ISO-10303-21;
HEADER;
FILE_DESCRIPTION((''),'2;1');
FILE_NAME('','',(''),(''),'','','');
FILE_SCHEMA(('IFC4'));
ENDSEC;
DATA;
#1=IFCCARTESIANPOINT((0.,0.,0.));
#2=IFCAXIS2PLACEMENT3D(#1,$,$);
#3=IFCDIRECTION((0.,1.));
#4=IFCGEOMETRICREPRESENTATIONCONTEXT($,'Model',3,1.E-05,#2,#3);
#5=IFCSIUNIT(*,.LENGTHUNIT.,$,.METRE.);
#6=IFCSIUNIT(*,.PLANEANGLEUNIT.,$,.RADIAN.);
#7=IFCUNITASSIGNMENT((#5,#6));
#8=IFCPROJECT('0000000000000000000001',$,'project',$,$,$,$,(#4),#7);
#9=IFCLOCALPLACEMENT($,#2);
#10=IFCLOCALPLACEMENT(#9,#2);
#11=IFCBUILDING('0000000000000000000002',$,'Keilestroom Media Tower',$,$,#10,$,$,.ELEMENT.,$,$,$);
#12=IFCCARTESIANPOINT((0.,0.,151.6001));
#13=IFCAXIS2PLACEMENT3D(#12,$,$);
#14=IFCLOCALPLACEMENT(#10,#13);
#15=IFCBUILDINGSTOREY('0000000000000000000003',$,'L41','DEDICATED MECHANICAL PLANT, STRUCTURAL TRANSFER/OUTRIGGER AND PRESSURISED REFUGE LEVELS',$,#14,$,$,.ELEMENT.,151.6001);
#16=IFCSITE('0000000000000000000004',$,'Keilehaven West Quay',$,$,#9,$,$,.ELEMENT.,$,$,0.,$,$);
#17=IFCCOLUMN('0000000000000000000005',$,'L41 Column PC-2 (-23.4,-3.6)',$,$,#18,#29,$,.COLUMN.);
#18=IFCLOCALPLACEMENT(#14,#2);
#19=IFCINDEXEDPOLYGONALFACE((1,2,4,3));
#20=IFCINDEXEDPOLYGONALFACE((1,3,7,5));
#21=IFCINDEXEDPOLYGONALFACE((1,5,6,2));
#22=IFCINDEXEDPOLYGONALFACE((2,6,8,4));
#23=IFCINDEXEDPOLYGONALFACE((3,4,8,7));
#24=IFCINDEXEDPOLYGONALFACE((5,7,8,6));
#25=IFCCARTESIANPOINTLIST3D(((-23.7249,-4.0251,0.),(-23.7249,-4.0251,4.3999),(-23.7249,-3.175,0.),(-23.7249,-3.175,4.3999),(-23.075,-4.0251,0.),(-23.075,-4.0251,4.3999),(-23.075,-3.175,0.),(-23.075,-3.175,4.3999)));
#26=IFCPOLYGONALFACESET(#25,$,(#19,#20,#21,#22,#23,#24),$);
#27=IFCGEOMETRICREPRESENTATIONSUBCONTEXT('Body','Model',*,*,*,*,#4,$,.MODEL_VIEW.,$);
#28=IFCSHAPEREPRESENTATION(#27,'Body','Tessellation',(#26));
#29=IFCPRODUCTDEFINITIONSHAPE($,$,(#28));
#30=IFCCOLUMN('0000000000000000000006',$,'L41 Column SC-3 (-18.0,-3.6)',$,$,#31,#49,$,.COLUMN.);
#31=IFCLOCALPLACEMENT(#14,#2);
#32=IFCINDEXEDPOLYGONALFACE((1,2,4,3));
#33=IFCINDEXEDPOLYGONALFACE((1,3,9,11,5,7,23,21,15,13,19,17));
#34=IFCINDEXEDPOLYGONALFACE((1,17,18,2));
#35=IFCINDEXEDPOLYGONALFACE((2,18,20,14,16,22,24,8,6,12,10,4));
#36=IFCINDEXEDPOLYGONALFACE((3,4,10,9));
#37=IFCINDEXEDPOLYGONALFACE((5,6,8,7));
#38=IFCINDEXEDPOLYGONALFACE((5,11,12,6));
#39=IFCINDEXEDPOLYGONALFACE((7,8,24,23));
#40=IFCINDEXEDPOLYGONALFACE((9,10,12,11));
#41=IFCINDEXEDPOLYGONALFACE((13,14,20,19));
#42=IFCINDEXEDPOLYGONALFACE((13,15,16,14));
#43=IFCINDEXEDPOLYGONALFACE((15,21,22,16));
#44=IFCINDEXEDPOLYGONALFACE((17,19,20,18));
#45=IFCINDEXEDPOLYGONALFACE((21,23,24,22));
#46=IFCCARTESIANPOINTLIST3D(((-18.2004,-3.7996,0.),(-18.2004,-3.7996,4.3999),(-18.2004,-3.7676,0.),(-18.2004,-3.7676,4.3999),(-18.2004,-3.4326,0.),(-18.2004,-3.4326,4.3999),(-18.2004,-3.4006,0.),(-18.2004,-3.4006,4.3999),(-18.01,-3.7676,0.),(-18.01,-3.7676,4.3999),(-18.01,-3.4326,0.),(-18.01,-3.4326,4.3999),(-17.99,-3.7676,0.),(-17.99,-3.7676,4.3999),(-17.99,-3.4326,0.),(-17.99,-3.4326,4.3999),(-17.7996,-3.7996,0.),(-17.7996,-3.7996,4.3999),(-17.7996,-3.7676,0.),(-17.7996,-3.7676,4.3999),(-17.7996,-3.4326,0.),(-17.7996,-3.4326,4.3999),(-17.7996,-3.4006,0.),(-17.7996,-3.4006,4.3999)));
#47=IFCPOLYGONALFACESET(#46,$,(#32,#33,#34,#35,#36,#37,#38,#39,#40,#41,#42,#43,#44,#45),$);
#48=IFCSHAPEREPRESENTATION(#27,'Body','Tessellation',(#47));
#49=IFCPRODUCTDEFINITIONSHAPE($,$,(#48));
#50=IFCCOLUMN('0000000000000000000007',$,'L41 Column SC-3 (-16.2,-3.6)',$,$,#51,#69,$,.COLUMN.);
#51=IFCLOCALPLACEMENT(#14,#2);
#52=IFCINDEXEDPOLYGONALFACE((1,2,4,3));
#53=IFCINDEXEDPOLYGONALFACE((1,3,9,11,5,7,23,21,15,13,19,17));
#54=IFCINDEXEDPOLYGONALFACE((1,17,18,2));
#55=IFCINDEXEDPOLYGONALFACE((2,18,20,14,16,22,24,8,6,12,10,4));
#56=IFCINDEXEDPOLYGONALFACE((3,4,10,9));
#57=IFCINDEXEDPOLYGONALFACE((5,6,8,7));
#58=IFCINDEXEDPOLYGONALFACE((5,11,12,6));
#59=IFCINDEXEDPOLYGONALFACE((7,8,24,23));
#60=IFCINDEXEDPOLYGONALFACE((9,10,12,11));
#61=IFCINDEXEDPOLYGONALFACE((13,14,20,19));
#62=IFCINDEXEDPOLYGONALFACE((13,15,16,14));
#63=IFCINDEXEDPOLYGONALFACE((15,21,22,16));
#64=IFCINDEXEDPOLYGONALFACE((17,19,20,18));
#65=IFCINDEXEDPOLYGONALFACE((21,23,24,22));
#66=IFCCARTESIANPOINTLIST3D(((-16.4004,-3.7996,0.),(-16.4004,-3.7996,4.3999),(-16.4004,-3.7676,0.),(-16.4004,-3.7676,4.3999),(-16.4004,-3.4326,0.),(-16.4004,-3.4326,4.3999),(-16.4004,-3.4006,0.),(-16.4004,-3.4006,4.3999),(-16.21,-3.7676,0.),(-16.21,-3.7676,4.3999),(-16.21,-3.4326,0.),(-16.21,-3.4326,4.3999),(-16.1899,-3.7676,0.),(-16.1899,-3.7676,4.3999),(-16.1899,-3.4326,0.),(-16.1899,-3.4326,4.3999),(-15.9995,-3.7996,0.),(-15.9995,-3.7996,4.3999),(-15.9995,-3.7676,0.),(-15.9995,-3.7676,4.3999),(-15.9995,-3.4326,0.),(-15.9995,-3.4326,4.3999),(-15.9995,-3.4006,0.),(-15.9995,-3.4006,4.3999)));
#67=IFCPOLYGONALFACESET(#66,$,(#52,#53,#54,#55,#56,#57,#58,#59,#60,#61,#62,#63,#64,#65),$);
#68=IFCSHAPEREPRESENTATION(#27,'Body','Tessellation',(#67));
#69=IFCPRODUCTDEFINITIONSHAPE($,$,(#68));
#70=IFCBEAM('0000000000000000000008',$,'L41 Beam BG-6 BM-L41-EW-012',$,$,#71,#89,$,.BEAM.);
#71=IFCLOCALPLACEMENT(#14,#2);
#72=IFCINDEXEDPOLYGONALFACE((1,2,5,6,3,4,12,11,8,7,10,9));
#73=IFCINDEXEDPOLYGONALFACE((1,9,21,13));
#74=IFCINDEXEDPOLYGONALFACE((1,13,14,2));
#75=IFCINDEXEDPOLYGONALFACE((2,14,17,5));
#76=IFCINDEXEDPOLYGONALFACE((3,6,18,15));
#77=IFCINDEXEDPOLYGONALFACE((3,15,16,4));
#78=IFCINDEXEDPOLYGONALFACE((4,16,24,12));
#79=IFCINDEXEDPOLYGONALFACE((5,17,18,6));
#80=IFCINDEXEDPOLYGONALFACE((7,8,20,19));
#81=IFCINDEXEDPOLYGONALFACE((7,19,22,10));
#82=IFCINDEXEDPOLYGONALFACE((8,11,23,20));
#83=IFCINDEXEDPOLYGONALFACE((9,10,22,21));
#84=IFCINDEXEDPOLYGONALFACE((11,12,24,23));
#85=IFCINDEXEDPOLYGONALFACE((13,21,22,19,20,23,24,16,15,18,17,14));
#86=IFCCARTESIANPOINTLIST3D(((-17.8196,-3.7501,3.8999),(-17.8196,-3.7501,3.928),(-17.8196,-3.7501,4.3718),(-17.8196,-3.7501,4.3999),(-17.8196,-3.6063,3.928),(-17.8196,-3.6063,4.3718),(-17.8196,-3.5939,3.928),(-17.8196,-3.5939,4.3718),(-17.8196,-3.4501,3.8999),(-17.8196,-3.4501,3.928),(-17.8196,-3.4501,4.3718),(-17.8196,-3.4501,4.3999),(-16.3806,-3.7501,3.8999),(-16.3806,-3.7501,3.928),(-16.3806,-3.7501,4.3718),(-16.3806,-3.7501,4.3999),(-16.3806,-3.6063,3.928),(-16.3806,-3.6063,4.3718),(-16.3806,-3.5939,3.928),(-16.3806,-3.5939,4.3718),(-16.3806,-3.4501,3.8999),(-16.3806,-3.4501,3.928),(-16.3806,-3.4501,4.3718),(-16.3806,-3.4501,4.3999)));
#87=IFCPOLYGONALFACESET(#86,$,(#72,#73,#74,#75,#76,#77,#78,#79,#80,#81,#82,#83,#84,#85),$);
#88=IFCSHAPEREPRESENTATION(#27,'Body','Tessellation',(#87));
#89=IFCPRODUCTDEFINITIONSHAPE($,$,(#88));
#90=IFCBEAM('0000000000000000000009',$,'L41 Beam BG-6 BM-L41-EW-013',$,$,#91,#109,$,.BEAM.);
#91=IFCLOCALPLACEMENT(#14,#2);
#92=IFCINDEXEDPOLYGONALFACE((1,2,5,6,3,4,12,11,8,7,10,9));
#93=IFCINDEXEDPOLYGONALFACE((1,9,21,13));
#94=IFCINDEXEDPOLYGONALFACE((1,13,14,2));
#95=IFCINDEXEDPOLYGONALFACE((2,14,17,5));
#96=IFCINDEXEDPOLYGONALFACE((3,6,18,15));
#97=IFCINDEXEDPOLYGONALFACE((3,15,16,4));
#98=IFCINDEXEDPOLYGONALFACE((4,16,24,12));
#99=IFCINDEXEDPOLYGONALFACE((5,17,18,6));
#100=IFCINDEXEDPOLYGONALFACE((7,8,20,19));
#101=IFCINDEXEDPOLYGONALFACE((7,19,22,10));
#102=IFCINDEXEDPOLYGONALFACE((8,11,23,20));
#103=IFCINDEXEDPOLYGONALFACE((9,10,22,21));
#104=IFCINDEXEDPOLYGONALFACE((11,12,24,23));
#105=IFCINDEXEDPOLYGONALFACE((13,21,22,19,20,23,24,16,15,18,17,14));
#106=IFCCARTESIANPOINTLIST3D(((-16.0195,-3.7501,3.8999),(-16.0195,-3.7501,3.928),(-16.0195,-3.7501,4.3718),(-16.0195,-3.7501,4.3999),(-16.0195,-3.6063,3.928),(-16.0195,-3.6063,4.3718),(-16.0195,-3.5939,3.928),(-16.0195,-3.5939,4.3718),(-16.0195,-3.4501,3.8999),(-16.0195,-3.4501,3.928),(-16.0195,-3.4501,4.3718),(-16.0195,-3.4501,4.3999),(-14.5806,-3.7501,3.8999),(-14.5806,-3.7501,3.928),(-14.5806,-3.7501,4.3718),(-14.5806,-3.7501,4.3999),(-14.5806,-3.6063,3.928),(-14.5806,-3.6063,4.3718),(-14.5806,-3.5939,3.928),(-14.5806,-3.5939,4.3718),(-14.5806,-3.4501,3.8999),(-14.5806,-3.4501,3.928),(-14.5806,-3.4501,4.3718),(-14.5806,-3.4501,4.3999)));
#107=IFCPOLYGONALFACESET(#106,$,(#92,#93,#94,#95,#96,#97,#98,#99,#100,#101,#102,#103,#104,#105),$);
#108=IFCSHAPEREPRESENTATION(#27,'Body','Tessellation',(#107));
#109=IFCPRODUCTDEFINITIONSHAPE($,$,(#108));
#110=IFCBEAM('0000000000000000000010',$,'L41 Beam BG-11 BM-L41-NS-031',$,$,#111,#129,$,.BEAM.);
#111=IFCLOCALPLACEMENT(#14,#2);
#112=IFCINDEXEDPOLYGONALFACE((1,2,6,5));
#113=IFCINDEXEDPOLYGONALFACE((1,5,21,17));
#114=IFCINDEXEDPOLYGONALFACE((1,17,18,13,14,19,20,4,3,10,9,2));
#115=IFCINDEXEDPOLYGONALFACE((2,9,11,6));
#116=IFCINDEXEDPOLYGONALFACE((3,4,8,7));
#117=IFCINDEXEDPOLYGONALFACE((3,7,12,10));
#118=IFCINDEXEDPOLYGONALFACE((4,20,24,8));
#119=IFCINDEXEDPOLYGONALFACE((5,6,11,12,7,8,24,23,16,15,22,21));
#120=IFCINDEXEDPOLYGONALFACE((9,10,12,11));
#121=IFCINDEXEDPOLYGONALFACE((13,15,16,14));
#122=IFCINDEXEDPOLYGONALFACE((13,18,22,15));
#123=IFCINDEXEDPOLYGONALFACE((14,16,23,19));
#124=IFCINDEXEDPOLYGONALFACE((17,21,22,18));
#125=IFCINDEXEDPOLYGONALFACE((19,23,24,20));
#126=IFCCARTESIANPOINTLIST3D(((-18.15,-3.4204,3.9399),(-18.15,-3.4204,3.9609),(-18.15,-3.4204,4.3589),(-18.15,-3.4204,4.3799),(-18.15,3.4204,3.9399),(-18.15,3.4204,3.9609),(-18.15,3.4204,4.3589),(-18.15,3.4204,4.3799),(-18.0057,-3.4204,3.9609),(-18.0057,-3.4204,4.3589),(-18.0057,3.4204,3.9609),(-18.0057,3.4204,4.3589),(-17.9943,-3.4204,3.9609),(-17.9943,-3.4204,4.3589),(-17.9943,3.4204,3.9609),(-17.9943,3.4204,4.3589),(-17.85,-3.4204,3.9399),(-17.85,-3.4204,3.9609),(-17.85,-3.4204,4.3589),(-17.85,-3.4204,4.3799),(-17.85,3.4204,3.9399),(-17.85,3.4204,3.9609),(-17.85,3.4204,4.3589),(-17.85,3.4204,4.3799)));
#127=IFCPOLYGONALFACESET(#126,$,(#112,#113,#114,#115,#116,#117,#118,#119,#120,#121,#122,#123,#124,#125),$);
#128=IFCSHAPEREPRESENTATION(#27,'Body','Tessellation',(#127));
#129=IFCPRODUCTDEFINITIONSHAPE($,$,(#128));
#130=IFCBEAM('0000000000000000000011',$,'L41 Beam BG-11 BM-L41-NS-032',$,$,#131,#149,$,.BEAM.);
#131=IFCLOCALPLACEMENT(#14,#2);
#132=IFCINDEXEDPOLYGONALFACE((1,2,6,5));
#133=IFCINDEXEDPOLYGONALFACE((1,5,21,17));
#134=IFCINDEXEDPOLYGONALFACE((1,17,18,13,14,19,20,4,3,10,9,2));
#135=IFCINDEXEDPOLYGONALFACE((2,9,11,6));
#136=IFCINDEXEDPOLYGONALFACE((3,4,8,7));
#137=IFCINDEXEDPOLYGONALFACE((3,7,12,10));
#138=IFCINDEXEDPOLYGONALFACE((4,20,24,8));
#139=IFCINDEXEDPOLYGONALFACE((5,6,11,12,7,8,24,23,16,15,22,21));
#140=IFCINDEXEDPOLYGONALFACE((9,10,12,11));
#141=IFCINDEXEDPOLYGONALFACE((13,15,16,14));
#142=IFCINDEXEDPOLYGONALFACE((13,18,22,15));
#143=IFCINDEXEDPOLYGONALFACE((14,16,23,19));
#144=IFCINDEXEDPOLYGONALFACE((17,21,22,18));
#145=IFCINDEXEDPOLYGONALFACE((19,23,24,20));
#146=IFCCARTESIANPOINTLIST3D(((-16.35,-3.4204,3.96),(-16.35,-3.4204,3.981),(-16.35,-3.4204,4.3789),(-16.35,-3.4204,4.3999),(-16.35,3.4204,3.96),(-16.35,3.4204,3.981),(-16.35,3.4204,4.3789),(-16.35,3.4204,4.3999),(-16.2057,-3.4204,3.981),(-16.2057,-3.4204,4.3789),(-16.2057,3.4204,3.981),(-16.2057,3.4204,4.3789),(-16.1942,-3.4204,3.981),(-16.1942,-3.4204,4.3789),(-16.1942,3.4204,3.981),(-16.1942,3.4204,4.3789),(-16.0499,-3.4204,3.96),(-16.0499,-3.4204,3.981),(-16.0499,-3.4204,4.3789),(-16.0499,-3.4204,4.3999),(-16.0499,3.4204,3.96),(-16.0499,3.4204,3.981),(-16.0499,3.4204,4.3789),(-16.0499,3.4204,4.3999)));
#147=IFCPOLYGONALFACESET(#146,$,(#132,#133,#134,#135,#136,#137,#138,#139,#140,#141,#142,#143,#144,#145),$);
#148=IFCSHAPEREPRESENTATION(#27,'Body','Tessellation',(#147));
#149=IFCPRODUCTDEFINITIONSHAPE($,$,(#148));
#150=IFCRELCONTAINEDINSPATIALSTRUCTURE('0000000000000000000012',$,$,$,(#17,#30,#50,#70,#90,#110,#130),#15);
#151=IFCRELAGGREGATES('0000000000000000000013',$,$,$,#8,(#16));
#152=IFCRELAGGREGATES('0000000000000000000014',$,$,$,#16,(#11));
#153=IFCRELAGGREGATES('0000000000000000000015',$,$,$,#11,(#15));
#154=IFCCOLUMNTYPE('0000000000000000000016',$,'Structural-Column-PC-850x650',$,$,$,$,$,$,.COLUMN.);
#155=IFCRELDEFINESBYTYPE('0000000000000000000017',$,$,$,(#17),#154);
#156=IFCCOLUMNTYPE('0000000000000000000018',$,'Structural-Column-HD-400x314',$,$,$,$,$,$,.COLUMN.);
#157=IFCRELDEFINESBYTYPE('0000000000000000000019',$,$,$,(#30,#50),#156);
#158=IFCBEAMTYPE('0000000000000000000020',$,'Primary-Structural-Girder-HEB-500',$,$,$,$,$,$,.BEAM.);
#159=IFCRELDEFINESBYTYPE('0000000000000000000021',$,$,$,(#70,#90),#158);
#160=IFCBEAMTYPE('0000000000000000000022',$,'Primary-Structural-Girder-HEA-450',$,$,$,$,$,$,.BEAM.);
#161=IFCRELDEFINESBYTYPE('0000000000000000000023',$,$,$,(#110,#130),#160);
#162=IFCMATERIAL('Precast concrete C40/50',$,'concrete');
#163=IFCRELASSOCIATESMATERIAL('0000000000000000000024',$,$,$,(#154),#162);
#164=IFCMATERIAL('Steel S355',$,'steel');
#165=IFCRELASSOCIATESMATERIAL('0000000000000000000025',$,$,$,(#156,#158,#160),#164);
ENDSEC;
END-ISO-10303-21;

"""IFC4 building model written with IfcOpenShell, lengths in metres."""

from ifc_helpers import new_model, si_unit, direction, frame, origin, origin_2d, place, context, subcontext, project, spatial, rectangle, i_section, extrude, source, transform, mapped, material, material_profile, profile_set, type_object, element, save


model = new_model("IFC4")

# Units and contexts
model_context = context("Model", 3, precision=1e-05, world=origin(), true_north=direction((0.0, 1.0)))
body_context = subcontext(model_context, "Body", "Model", "MODEL_VIEW")
ifc_project = project(units=[si_unit("LENGTHUNIT", "METRE"), si_unit("PLANEANGLEUNIT", "RADIAN")], contexts=[model_context])

# Site, building, storey
site_placement = place(None, origin())
site = spatial("IfcSite", under=ifc_project, at=site_placement, Name="Keilehaven West Quay", CompositionType="ELEMENT", RefElevation=0.0)
building_placement = place(site_placement, origin())
building = spatial("IfcBuilding", under=site, at=building_placement, Name="Keilestroom Media Tower", CompositionType="ELEMENT")
storey_placement = place(building_placement, frame((0.0, 0.0, 151.6001)))
storey = spatial("IfcBuildingStorey", under=building, at=storey_placement, Name="L41", Description="DEDICATED MECHANICAL PLANT, STRUCTURAL TRANSFER/OUTRIGGER AND PRESSURISED REFUGE LEVELS", CompositionType="ELEMENT", Elevation=151.6001)

# Columns
ifc_material_1 = material(Name="Precast concrete C40/50", Category="concrete")
ifc_material_profile_1 = material_profile(ifc_material_1, rectangle(XDim=0.6499, YDim=0.8501, at=origin_2d()), Name="PC 850x650")
ifc_profile_set_1 = profile_set([ifc_material_profile_1], Name="Precast concrete C40/50")
column_type_1 = type_object("IfcColumnType", Name="Structural-Column-PC-850x650", PredefinedType="COLUMN", material=ifc_profile_set_1)
shared_shape_1 = source(origin(), body_context, "Body", "SweptSolid", [
    extrude(rectangle(XDim=0.6499, YDim=0.8501, at=origin_2d()), origin(), (0.0, 0.0, 1.0), 4.3999),
])
column_placement = place(storey_placement, frame((-23.3999, -3.6001, 0.0), z_axis=(0.0, 0.0, 1.0), x_axis=(1.0, 0.0, 0.0)))
element("IfcColumn", 1, at=column_placement, inside=storey, type_object=column_type_1, Name="L41 Column PC-2 (-23.4,-3.6)", PredefinedType="COLUMN", context=body_context, shape_type="MappedRepresentation", body=[
    mapped(shared_shape_1, transform((0.0, 0.0, 0.0), x_axis=(1.0, 0.0, 0.0), y_axis=(0.0, 1.0, 0.0), z_axis=(0.0, 0.0, 1.0), scale=1.0)),
])
ifc_material_2 = material(Name="Steel S355", Category="steel")
ifc_material_profile_2 = material_profile(ifc_material_2, i_section(OverallWidth=0.4009, OverallDepth=0.3989, WebThickness=0.02, FlangeThickness=0.032, at=origin_2d()), Name="HD 400x314")
ifc_profile_set_2 = profile_set([ifc_material_profile_2], Name="Steel S355")
column_type_2 = type_object("IfcColumnType", Name="Structural-Column-HD-400x314", PredefinedType="COLUMN", material=ifc_profile_set_2)
shared_shape_2 = source(origin(), body_context, "Body", "SweptSolid", [
    extrude(i_section(OverallWidth=0.4009, OverallDepth=0.3989, WebThickness=0.02, FlangeThickness=0.032, at=origin_2d()), origin(), (0.0, 0.0, 1.0), 4.3999),
])
for number, where, z_axis, x_axis, name in (
    (2, (-18.0, -3.6001, 0.0), (0.0, 0.0, 1.0), (1.0, 0.0, 0.0), "L41 Column SC-3 (-18.0,-3.6)"),
    (3, (-16.2, -3.6001, 0.0), (0.0, 0.0, 1.0), (1.0, 0.0, 0.0), "L41 Column SC-3 (-16.2,-3.6)"),
):
    element("IfcColumn", number, at=place(storey_placement, frame(where, z_axis=z_axis, x_axis=x_axis)), inside=storey, type_object=column_type_2, Name=name, PredefinedType="COLUMN", context=body_context, shape_type="MappedRepresentation", body=[
        mapped(shared_shape_2, transform((0.0, 0.0, 0.0), x_axis=(1.0, 0.0, 0.0), y_axis=(0.0, 1.0, 0.0), z_axis=(0.0, 0.0, 1.0), scale=1.0)),
    ])

# Beams
ifc_material_profile_3 = material_profile(ifc_material_2, i_section(OverallWidth=0.3, OverallDepth=0.5, WebThickness=0.0125, FlangeThickness=0.0281, at=origin_2d()), Name="HEB 500")
ifc_profile_set_3 = profile_set([ifc_material_profile_3], Name="Steel S355")
beam_type_1 = type_object("IfcBeamType", Name="Primary-Structural-Girder-HEB-500", PredefinedType="BEAM", material=ifc_profile_set_3)
shared_shape_3 = source(origin(), body_context, "Body", "SweptSolid", [
    extrude(i_section(OverallWidth=0.3, OverallDepth=0.5, WebThickness=0.0125, FlangeThickness=0.0281, at=origin_2d()), origin(), (0.0, 0.0, 1.0), 1.439),
])
for number, where, z_axis, x_axis, name in (
    (4, (-17.8196, -3.6001, 4.1499), (1.0, 0.0, 0.0), (0.0, 1.0, 0.0), "L41 Beam BG-6 BM-L41-EW-012"),
    (5, (-16.0195, -3.6001, 4.1499), (1.0, 0.0, 0.0), (0.0, 1.0, 0.0), "L41 Beam BG-6 BM-L41-EW-013"),
):
    element("IfcBeam", number, at=place(storey_placement, frame(where, z_axis=z_axis, x_axis=x_axis)), inside=storey, type_object=beam_type_1, Name=name, PredefinedType="BEAM", context=body_context, shape_type="MappedRepresentation", body=[
        mapped(shared_shape_3, transform((0.0, 0.0, 0.0), x_axis=(1.0, 0.0, 0.0), y_axis=(0.0, 1.0, 0.0), z_axis=(0.0, 0.0, 1.0), scale=1.0)),
    ])
ifc_material_profile_4 = material_profile(ifc_material_2, i_section(OverallWidth=0.3, OverallDepth=0.4399, WebThickness=0.0115, FlangeThickness=0.021, at=origin_2d()), Name="HEA 450")
ifc_profile_set_4 = profile_set([ifc_material_profile_4], Name="Steel S355")
beam_type_2 = type_object("IfcBeamType", Name="Primary-Structural-Girder-HEA-450", PredefinedType="BEAM", material=ifc_profile_set_4)
shared_shape_4 = source(origin(), body_context, "Body", "SweptSolid", [
    extrude(i_section(OverallWidth=0.3, OverallDepth=0.4399, WebThickness=0.0115, FlangeThickness=0.021, at=origin_2d()), origin(), (0.0, 0.0, 1.0), 6.8408),
])
for number, where, z_axis, x_axis, name in (
    (6, (-18.0, -3.4204, 4.1599), (0.0, 1.0, 0.0), (-1.0, 0.0, 0.0), "L41 Beam BG-11 BM-L41-NS-031"),
    (7, (-16.2, -3.4204, 4.1799), (0.0, 1.0, 0.0), (-1.0, 0.0, 0.0), "L41 Beam BG-11 BM-L41-NS-032"),
):
    element("IfcBeam", number, at=place(storey_placement, frame(where, z_axis=z_axis, x_axis=x_axis)), inside=storey, type_object=beam_type_2, Name=name, PredefinedType="BEAM", context=body_context, shape_type="MappedRepresentation", body=[
        mapped(shared_shape_4, transform((0.0, 0.0, 0.0), x_axis=(1.0, 0.0, 0.0), y_axis=(0.0, 1.0, 0.0), z_axis=(0.0, 0.0, 1.0), scale=1.0)),
    ])

save(model, "model.ifc")
